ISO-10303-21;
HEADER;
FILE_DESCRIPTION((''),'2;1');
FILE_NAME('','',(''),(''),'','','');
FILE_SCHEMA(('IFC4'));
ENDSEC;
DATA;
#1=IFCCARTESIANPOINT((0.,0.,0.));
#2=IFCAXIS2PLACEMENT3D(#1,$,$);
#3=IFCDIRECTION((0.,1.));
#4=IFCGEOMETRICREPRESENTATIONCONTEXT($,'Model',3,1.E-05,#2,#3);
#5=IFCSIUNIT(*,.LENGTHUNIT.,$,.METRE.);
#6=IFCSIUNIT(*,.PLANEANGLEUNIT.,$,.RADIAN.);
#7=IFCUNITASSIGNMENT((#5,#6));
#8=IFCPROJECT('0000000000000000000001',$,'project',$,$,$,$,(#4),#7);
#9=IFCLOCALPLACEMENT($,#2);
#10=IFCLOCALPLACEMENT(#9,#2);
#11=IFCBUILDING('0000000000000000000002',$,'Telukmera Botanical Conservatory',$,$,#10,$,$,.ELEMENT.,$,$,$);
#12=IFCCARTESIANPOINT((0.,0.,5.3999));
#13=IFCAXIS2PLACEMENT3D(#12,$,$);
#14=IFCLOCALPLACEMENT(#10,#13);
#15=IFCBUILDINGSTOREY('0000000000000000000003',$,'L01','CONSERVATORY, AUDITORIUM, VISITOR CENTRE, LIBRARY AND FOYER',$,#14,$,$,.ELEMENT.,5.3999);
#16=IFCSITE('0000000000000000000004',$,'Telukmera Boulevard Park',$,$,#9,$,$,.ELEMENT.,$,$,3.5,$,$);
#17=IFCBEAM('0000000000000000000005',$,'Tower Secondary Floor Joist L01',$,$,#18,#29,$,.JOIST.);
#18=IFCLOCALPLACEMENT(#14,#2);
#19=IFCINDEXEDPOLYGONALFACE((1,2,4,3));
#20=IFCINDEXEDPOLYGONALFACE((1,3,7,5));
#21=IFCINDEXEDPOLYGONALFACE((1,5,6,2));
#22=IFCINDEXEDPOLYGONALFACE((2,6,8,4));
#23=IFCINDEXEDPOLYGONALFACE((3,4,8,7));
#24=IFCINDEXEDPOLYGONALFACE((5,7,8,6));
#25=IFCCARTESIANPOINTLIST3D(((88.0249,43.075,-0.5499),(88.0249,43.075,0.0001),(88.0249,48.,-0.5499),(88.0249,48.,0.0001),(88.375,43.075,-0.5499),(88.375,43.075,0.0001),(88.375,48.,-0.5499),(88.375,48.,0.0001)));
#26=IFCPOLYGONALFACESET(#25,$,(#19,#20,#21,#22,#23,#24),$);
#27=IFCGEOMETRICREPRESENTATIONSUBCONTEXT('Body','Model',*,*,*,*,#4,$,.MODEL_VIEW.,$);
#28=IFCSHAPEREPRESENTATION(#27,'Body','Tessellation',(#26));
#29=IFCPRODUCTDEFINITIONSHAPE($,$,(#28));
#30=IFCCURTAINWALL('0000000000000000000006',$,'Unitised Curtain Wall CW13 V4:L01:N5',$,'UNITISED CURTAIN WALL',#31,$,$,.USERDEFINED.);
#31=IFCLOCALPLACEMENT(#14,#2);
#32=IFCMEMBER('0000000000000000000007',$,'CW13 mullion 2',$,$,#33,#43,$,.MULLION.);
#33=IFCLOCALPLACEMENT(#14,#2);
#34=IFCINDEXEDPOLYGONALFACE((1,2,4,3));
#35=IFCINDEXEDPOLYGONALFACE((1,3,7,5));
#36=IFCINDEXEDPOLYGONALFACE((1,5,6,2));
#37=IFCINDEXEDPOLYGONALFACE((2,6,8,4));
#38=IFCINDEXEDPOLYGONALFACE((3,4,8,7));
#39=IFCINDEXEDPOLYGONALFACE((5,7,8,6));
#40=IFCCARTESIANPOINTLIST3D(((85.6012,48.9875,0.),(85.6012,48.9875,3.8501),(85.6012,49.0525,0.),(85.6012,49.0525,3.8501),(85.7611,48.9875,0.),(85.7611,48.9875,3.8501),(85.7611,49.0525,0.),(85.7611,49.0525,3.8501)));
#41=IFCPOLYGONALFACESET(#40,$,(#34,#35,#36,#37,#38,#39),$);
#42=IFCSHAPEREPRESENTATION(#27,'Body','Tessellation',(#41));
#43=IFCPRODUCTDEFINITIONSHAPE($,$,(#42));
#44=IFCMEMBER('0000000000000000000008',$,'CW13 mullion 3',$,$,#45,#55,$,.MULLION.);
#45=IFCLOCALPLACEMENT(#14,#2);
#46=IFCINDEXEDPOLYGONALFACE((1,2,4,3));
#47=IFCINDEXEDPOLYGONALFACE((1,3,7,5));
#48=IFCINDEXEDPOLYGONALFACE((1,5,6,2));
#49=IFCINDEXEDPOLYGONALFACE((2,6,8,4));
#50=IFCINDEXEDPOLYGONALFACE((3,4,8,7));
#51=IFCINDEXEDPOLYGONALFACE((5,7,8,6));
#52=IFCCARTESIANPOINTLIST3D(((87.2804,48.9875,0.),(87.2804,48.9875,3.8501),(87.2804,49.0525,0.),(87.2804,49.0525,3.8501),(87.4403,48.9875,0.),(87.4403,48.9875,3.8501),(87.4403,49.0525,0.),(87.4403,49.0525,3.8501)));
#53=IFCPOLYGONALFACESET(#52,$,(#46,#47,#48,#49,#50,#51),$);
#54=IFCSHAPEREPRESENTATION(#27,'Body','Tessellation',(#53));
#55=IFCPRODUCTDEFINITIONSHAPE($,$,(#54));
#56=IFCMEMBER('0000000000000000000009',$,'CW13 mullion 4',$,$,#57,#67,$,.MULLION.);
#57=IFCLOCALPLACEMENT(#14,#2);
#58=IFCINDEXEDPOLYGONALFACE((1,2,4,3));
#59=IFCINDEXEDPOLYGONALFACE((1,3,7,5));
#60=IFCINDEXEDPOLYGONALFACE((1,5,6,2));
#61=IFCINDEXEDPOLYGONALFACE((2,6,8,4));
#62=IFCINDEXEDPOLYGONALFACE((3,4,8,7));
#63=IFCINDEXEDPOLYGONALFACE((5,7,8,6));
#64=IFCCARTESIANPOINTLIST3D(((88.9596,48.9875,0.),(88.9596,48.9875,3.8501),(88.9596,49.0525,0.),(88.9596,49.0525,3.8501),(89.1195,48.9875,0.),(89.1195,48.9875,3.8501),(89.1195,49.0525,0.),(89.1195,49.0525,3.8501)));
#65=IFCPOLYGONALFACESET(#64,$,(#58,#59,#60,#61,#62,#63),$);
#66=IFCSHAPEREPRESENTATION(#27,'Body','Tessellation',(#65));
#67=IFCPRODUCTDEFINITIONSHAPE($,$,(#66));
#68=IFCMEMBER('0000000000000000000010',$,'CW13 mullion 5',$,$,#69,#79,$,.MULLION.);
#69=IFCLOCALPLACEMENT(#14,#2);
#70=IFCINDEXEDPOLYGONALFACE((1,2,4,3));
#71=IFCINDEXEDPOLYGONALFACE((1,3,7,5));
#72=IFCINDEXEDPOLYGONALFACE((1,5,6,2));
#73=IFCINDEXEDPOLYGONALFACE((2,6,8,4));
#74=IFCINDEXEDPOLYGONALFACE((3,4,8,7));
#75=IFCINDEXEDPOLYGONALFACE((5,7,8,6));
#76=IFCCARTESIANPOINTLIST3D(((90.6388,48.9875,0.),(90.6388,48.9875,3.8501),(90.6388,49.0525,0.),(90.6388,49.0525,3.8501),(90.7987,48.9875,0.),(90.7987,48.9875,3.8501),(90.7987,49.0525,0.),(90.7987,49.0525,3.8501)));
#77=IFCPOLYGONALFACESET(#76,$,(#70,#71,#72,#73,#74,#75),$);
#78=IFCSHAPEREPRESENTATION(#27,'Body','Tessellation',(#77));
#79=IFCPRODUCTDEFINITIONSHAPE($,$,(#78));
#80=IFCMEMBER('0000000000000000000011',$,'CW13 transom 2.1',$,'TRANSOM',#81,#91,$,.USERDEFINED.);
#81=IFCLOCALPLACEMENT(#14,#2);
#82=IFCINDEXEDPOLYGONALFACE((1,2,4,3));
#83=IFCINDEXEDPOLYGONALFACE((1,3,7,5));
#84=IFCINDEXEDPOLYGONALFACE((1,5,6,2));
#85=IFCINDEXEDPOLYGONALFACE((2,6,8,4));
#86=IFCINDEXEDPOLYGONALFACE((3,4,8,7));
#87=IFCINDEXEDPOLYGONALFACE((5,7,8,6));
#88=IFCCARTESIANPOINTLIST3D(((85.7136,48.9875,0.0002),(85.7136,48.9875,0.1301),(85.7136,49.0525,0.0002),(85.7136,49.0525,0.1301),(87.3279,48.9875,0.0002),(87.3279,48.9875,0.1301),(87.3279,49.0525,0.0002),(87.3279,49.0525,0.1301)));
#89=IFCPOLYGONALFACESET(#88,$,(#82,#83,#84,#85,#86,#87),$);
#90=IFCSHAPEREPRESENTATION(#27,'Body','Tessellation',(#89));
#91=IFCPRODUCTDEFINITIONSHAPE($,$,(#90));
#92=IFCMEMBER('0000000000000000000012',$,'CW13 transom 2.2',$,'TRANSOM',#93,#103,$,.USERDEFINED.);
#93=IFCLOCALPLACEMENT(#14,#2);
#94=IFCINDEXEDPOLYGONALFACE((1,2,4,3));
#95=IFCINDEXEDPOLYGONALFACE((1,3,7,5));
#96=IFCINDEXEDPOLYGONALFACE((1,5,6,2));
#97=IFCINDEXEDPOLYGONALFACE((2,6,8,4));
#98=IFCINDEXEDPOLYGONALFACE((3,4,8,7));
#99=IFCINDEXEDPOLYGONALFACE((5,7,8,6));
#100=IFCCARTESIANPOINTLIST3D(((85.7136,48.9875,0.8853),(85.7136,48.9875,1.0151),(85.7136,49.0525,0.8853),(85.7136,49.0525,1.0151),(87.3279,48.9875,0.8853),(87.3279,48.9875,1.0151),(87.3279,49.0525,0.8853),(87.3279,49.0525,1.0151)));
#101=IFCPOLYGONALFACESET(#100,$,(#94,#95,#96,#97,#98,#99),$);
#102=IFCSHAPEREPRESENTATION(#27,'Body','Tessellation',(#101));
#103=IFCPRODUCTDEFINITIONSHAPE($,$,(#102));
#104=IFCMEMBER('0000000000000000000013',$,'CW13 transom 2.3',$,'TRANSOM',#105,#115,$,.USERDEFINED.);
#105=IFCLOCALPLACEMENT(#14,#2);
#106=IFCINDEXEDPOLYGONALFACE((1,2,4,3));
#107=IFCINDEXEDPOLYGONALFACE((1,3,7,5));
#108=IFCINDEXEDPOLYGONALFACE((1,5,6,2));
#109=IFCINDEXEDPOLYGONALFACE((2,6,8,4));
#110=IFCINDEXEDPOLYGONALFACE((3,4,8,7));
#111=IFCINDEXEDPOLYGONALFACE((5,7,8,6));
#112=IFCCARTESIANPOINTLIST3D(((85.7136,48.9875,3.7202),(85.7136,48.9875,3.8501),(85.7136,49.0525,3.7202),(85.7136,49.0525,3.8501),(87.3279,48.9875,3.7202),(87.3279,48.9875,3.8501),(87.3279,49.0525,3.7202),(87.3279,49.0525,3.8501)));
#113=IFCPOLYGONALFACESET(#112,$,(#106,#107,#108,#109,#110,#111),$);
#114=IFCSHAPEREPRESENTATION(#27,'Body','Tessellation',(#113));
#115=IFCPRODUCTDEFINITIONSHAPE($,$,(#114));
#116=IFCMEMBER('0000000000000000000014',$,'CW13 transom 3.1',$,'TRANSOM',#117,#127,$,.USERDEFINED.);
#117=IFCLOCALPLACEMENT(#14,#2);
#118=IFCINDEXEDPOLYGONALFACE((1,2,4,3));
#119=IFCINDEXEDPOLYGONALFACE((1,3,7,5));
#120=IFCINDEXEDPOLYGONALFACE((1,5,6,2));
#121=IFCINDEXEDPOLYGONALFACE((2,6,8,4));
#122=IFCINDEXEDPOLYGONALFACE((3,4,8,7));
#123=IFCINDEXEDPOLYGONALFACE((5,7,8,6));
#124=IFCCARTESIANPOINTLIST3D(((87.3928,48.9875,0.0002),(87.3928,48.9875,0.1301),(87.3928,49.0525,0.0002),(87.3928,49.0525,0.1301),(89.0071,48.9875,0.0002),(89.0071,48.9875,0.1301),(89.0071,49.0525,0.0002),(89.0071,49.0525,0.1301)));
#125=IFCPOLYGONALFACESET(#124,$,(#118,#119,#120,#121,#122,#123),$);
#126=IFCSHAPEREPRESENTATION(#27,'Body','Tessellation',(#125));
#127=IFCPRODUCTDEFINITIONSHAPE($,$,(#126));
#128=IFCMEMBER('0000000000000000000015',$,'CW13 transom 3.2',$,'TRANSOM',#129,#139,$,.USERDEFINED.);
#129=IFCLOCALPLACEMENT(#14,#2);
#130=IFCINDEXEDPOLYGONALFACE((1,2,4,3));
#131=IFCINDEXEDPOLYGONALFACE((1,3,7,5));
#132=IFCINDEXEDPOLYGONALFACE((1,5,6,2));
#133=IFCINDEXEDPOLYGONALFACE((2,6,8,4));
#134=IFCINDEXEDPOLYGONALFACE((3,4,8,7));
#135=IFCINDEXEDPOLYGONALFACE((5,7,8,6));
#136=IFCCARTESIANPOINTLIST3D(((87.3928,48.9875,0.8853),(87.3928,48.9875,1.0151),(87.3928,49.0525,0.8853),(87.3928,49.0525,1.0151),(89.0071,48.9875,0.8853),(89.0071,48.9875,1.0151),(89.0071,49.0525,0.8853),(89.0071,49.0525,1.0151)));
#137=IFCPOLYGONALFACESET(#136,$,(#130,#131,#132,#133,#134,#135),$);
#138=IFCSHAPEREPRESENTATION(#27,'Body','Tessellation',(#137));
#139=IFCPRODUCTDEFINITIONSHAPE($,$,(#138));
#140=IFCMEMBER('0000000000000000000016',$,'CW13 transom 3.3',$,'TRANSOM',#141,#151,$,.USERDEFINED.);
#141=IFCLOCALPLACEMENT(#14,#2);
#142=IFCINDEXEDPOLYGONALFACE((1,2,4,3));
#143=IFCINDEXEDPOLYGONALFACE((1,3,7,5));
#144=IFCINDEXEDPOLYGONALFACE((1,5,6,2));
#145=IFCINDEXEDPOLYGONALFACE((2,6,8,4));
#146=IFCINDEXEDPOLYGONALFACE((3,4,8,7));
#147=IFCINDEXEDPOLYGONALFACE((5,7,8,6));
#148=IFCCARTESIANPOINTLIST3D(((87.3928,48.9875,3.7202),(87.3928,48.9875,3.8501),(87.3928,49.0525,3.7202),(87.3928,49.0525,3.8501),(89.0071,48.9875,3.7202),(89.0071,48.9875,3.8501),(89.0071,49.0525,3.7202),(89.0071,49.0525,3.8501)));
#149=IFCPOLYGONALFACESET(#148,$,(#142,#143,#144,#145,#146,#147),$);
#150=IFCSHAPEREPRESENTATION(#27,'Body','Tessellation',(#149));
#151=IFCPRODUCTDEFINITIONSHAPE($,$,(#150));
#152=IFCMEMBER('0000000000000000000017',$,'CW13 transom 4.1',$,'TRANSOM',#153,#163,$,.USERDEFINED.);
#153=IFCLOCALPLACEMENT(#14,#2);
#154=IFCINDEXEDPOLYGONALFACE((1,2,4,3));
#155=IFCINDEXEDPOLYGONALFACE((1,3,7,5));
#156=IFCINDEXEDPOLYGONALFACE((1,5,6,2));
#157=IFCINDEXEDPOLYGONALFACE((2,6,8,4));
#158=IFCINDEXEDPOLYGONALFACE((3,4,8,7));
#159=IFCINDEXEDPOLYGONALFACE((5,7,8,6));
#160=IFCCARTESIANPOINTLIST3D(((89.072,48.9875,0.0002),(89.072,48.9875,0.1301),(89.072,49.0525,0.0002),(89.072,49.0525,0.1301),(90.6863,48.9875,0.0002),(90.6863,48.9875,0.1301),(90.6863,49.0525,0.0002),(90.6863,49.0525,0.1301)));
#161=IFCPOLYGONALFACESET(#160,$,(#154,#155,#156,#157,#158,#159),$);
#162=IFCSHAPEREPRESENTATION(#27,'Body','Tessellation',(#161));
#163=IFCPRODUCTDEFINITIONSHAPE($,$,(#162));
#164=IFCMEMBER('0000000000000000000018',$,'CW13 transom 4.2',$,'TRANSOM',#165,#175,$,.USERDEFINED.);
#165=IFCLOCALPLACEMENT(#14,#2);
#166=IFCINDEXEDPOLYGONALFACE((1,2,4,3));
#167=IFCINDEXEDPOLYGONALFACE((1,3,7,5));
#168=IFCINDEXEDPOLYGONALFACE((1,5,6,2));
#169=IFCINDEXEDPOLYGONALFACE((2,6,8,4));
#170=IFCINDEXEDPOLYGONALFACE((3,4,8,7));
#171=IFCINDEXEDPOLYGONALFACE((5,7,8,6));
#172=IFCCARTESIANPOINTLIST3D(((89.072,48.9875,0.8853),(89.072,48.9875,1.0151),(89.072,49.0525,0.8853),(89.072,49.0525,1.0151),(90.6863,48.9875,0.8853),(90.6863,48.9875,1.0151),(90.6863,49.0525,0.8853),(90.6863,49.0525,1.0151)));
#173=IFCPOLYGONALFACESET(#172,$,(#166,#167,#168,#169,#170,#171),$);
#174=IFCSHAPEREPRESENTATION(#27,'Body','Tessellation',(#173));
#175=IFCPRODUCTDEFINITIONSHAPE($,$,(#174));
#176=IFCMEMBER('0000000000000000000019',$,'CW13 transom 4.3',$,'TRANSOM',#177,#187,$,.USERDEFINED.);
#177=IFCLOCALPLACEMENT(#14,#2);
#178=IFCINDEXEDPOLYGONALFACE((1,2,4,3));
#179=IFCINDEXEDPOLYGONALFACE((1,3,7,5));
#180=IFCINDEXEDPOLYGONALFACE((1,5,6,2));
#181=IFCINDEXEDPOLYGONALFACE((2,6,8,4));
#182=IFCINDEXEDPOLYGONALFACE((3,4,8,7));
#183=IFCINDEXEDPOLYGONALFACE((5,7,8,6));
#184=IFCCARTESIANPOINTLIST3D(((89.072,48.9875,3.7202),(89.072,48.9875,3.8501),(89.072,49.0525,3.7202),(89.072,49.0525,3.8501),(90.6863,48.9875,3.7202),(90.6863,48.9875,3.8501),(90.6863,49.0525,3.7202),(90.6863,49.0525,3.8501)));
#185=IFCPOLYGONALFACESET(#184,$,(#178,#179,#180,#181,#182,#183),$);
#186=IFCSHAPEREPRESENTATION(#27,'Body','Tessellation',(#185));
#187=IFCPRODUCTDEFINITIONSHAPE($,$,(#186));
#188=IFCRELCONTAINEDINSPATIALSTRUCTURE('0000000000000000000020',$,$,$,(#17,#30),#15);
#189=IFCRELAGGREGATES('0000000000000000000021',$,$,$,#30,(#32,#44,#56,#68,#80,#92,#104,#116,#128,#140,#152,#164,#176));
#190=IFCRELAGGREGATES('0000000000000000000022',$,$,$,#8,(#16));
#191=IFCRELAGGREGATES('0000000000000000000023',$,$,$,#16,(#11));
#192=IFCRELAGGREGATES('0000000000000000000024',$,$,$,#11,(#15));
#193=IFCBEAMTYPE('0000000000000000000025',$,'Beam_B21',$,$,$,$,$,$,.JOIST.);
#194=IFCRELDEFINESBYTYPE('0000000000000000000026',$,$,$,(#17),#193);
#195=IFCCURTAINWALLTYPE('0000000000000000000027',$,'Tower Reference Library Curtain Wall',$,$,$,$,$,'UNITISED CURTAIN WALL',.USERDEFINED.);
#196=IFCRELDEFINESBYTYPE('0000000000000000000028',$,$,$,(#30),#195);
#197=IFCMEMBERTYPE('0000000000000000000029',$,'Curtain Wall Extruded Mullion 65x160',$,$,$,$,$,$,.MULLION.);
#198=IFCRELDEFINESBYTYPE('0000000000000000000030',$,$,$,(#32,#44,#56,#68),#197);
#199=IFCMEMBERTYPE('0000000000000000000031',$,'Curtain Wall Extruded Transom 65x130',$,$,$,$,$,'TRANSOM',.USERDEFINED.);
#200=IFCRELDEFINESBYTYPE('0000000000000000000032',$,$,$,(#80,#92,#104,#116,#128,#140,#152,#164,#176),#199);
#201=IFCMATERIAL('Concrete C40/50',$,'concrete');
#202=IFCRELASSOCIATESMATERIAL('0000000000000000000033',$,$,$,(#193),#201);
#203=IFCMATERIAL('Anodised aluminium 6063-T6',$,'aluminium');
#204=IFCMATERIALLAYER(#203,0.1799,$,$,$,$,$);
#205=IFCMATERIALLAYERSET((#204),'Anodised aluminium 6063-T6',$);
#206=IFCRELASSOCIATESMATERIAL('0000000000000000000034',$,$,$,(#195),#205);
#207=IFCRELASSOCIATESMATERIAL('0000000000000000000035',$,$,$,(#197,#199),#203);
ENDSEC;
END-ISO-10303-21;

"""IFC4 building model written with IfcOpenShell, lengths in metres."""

from ifc_helpers import new_model, si_unit, direction, frame, origin, origin_2d, place, context, subcontext, project, spatial, rectangle, extrude, material, layer, layer_set, material_profile, profile_set, type_object, element, aggregate, save


model = new_model("IFC4")

# Units and contexts
model_context = context("Model", 3, precision=1e-05, world=origin(), true_north=direction((0.0, 1.0)))
body_context = subcontext(model_context, "Body", "Model", "MODEL_VIEW")
ifc_project = project(units=[si_unit("LENGTHUNIT", "METRE"), si_unit("PLANEANGLEUNIT", "RADIAN")], contexts=[model_context])

# Site, building, storey
site_placement = place(None, origin())
site = spatial("IfcSite", under=ifc_project, at=site_placement, Name="Telukmera Boulevard Park", CompositionType="ELEMENT", RefElevation=3.5)
building_placement = place(site_placement, origin())
building = spatial("IfcBuilding", under=site, at=building_placement, Name="Telukmera Botanical Conservatory", CompositionType="ELEMENT")
storey_placement = place(building_placement, frame((0.0, 0.0, 5.3999)))
storey = spatial("IfcBuildingStorey", under=building, at=storey_placement, Name="L01", Description="CONSERVATORY, AUDITORIUM, VISITOR CENTRE, LIBRARY AND FOYER", CompositionType="ELEMENT", Elevation=5.3999)

# Beam
ifc_material_1 = material(Name="Concrete C40/50", Category="concrete")
ifc_material_profile_1 = material_profile(ifc_material_1, rectangle(XDim=0.3501, YDim=0.55, at=origin_2d()), Name="RC 350x550")
ifc_profile_set_1 = profile_set([ifc_material_profile_1], Name="Concrete C40/50")
beam_type = type_object("IfcBeamType", Name="Beam_B21", PredefinedType="JOIST", material=ifc_profile_set_1)
beam_placement = place(storey_placement, frame((88.2, 43.075, -0.2749), z_axis=(0.0, 1.0, 0.0), x_axis=(-1.0, 0.0, 0.0)))
element("IfcBeam", 1, at=beam_placement, inside=storey, type_object=beam_type, Name="Tower Secondary Floor Joist L01", PredefinedType="JOIST", context=body_context, shape_type="SweptSolid", body=[
    extrude(rectangle(XDim=0.3501, YDim=0.55, at=origin_2d()), origin(), (0.0, 0.0, 1.0), 4.925),
])

# Curtain wall, members
ifc_material_2 = material(Name="Anodised aluminium 6063-T6", Category="aluminium")
ifc_layer_1 = layer(ifc_material_2, 0.1799)
ifc_layer_set_1 = layer_set([ifc_layer_1], Name="Anodised aluminium 6063-T6")
curtain_wall_type = type_object("IfcCurtainWallType", Name="Tower Reference Library Curtain Wall", ElementType="UNITISED CURTAIN WALL", PredefinedType="USERDEFINED", material=ifc_layer_set_1)
curtain_wall_placement = place(storey_placement, origin())
curtain_wall = element("IfcCurtainWall", 2, at=curtain_wall_placement, inside=storey, type_object=curtain_wall_type, Name="Unitised Curtain Wall CW13 V4:L01:N5", ObjectType="UNITISED CURTAIN WALL", PredefinedType="USERDEFINED")
ifc_material_profile_2 = material_profile(ifc_material_2, rectangle(XDim=0.0649, YDim=0.1599, at=origin_2d()), Name="ALU MULL 65x160")
ifc_profile_set_2 = profile_set([ifc_material_profile_2], Name="Anodised aluminium 6063-T6")
member_type_1 = type_object("IfcMemberType", Name="Curtain Wall Extruded Mullion 65x160", PredefinedType="MULLION", material=ifc_profile_set_2)
member_1_placement = place(storey_placement, frame((85.6812, 49.02, 0.0), z_axis=(0.0, 0.0, 1.0), x_axis=(0.0, 1.0, 0.0)))
member_1 = element("IfcMember", 3, at=member_1_placement, type_object=member_type_1, Name="CW13 mullion 2", PredefinedType="MULLION", context=body_context, shape_type="SweptSolid", body=[
    extrude(rectangle(XDim=0.0649, YDim=0.1599, at=origin_2d()), origin(), (0.0, 0.0, 1.0), 3.8501),
])
member_2_placement = place(storey_placement, frame((87.3604, 49.02, 0.0), z_axis=(0.0, 0.0, 1.0), x_axis=(0.0, 1.0, 0.0)))
member_2 = element("IfcMember", 4, at=member_2_placement, type_object=member_type_1, Name="CW13 mullion 3", PredefinedType="MULLION", context=body_context, shape_type="SweptSolid", body=[
    extrude(rectangle(XDim=0.0649, YDim=0.1599, at=origin_2d()), origin(), (0.0, 0.0, 1.0), 3.8501),
])
member_3_placement = place(storey_placement, frame((89.0396, 49.02, 0.0), z_axis=(0.0, 0.0, 1.0), x_axis=(0.0, 1.0, 0.0)))
member_3 = element("IfcMember", 5, at=member_3_placement, type_object=member_type_1, Name="CW13 mullion 4", PredefinedType="MULLION", context=body_context, shape_type="SweptSolid", body=[
    extrude(rectangle(XDim=0.0649, YDim=0.1599, at=origin_2d()), origin(), (0.0, 0.0, 1.0), 3.8501),
])
member_4_placement = place(storey_placement, frame((90.7188, 49.02, 0.0), z_axis=(0.0, 0.0, 1.0), x_axis=(0.0, 1.0, 0.0)))
member_4 = element("IfcMember", 6, at=member_4_placement, type_object=member_type_1, Name="CW13 mullion 5", PredefinedType="MULLION", context=body_context, shape_type="SweptSolid", body=[
    extrude(rectangle(XDim=0.0649, YDim=0.1599, at=origin_2d()), origin(), (0.0, 0.0, 1.0), 3.8501),
])
ifc_material_profile_3 = material_profile(ifc_material_2, rectangle(XDim=0.0649, YDim=0.1299, at=origin_2d()), Name="ALU TRAN 65x130")
ifc_profile_set_3 = profile_set([ifc_material_profile_3], Name="Anodised aluminium 6063-T6")
member_type_2 = type_object("IfcMemberType", Name="Curtain Wall Extruded Transom 65x130", ElementType="TRANSOM", PredefinedType="USERDEFINED", material=ifc_profile_set_3)
member_5_placement = place(storey_placement, frame((85.7136, 49.02, 0.0652), z_axis=(1.0, 0.0, 0.0), x_axis=(0.0, 1.0, 0.0)))
member_5 = element("IfcMember", 7, at=member_5_placement, type_object=member_type_2, Name="CW13 transom 2.1", ObjectType="TRANSOM", PredefinedType="USERDEFINED", context=body_context, shape_type="SweptSolid", body=[
    extrude(rectangle(XDim=0.0649, YDim=0.1299, at=origin_2d()), origin(), (0.0, 0.0, 1.0), 1.6143),
])
member_6_placement = place(storey_placement, frame((85.7136, 49.02, 0.9502), z_axis=(1.0, 0.0, 0.0), x_axis=(0.0, 1.0, 0.0)))
member_6 = element("IfcMember", 8, at=member_6_placement, type_object=member_type_2, Name="CW13 transom 2.2", ObjectType="TRANSOM", PredefinedType="USERDEFINED", context=body_context, shape_type="SweptSolid", body=[
    extrude(rectangle(XDim=0.0649, YDim=0.1299, at=origin_2d()), origin(), (0.0, 0.0, 1.0), 1.6143),
])
member_7_placement = place(storey_placement, frame((85.7136, 49.02, 3.7852), z_axis=(1.0, 0.0, 0.0), x_axis=(0.0, 1.0, 0.0)))
member_7 = element("IfcMember", 9, at=member_7_placement, type_object=member_type_2, Name="CW13 transom 2.3", ObjectType="TRANSOM", PredefinedType="USERDEFINED", context=body_context, shape_type="SweptSolid", body=[
    extrude(rectangle(XDim=0.0649, YDim=0.1299, at=origin_2d()), origin(), (0.0, 0.0, 1.0), 1.6143),
])
member_8_placement = place(storey_placement, frame((87.3928, 49.02, 0.0652), z_axis=(1.0, 0.0, 0.0), x_axis=(0.0, 1.0, 0.0)))
member_8 = element("IfcMember", 10, at=member_8_placement, type_object=member_type_2, Name="CW13 transom 3.1", ObjectType="TRANSOM", PredefinedType="USERDEFINED", context=body_context, shape_type="SweptSolid", body=[
    extrude(rectangle(XDim=0.0649, YDim=0.1299, at=origin_2d()), origin(), (0.0, 0.0, 1.0), 1.6143),
])
member_9_placement = place(storey_placement, frame((87.3928, 49.02, 0.9502), z_axis=(1.0, 0.0, 0.0), x_axis=(0.0, 1.0, 0.0)))
member_9 = element("IfcMember", 11, at=member_9_placement, type_object=member_type_2, Name="CW13 transom 3.2", ObjectType="TRANSOM", PredefinedType="USERDEFINED", context=body_context, shape_type="SweptSolid", body=[
    extrude(rectangle(XDim=0.0649, YDim=0.1299, at=origin_2d()), origin(), (0.0, 0.0, 1.0), 1.6143),
])
member_10_placement = place(storey_placement, frame((87.3928, 49.02, 3.7852), z_axis=(1.0, 0.0, 0.0), x_axis=(0.0, 1.0, 0.0)))
member_10 = element("IfcMember", 12, at=member_10_placement, type_object=member_type_2, Name="CW13 transom 3.3", ObjectType="TRANSOM", PredefinedType="USERDEFINED", context=body_context, shape_type="SweptSolid", body=[
    extrude(rectangle(XDim=0.0649, YDim=0.1299, at=origin_2d()), origin(), (0.0, 0.0, 1.0), 1.6143),
])
member_11_placement = place(storey_placement, frame((89.072, 49.02, 0.0652), z_axis=(1.0, 0.0, 0.0), x_axis=(0.0, 1.0, 0.0)))
member_11 = element("IfcMember", 13, at=member_11_placement, type_object=member_type_2, Name="CW13 transom 4.1", ObjectType="TRANSOM", PredefinedType="USERDEFINED", context=body_context, shape_type="SweptSolid", body=[
    extrude(rectangle(XDim=0.0649, YDim=0.1299, at=origin_2d()), origin(), (0.0, 0.0, 1.0), 1.6143),
])
member_12_placement = place(storey_placement, frame((89.072, 49.02, 0.9502), z_axis=(1.0, 0.0, 0.0), x_axis=(0.0, 1.0, 0.0)))
member_12 = element("IfcMember", 14, at=member_12_placement, type_object=member_type_2, Name="CW13 transom 4.2", ObjectType="TRANSOM", PredefinedType="USERDEFINED", context=body_context, shape_type="SweptSolid", body=[
    extrude(rectangle(XDim=0.0649, YDim=0.1299, at=origin_2d()), origin(), (0.0, 0.0, 1.0), 1.6143),
])
member_13_placement = place(storey_placement, frame((89.072, 49.02, 3.7852), z_axis=(1.0, 0.0, 0.0), x_axis=(0.0, 1.0, 0.0)))
member_13 = element("IfcMember", 15, at=member_13_placement, type_object=member_type_2, Name="CW13 transom 4.3", ObjectType="TRANSOM", PredefinedType="USERDEFINED", context=body_context, shape_type="SweptSolid", body=[
    extrude(rectangle(XDim=0.0649, YDim=0.1299, at=origin_2d()), origin(), (0.0, 0.0, 1.0), 1.6143),
])
aggregate(curtain_wall, [member_1, member_2, member_3, member_4, member_5, member_6, member_7, member_8, member_9, member_10, member_11, member_12, member_13])

save(model, "model.ifc")
